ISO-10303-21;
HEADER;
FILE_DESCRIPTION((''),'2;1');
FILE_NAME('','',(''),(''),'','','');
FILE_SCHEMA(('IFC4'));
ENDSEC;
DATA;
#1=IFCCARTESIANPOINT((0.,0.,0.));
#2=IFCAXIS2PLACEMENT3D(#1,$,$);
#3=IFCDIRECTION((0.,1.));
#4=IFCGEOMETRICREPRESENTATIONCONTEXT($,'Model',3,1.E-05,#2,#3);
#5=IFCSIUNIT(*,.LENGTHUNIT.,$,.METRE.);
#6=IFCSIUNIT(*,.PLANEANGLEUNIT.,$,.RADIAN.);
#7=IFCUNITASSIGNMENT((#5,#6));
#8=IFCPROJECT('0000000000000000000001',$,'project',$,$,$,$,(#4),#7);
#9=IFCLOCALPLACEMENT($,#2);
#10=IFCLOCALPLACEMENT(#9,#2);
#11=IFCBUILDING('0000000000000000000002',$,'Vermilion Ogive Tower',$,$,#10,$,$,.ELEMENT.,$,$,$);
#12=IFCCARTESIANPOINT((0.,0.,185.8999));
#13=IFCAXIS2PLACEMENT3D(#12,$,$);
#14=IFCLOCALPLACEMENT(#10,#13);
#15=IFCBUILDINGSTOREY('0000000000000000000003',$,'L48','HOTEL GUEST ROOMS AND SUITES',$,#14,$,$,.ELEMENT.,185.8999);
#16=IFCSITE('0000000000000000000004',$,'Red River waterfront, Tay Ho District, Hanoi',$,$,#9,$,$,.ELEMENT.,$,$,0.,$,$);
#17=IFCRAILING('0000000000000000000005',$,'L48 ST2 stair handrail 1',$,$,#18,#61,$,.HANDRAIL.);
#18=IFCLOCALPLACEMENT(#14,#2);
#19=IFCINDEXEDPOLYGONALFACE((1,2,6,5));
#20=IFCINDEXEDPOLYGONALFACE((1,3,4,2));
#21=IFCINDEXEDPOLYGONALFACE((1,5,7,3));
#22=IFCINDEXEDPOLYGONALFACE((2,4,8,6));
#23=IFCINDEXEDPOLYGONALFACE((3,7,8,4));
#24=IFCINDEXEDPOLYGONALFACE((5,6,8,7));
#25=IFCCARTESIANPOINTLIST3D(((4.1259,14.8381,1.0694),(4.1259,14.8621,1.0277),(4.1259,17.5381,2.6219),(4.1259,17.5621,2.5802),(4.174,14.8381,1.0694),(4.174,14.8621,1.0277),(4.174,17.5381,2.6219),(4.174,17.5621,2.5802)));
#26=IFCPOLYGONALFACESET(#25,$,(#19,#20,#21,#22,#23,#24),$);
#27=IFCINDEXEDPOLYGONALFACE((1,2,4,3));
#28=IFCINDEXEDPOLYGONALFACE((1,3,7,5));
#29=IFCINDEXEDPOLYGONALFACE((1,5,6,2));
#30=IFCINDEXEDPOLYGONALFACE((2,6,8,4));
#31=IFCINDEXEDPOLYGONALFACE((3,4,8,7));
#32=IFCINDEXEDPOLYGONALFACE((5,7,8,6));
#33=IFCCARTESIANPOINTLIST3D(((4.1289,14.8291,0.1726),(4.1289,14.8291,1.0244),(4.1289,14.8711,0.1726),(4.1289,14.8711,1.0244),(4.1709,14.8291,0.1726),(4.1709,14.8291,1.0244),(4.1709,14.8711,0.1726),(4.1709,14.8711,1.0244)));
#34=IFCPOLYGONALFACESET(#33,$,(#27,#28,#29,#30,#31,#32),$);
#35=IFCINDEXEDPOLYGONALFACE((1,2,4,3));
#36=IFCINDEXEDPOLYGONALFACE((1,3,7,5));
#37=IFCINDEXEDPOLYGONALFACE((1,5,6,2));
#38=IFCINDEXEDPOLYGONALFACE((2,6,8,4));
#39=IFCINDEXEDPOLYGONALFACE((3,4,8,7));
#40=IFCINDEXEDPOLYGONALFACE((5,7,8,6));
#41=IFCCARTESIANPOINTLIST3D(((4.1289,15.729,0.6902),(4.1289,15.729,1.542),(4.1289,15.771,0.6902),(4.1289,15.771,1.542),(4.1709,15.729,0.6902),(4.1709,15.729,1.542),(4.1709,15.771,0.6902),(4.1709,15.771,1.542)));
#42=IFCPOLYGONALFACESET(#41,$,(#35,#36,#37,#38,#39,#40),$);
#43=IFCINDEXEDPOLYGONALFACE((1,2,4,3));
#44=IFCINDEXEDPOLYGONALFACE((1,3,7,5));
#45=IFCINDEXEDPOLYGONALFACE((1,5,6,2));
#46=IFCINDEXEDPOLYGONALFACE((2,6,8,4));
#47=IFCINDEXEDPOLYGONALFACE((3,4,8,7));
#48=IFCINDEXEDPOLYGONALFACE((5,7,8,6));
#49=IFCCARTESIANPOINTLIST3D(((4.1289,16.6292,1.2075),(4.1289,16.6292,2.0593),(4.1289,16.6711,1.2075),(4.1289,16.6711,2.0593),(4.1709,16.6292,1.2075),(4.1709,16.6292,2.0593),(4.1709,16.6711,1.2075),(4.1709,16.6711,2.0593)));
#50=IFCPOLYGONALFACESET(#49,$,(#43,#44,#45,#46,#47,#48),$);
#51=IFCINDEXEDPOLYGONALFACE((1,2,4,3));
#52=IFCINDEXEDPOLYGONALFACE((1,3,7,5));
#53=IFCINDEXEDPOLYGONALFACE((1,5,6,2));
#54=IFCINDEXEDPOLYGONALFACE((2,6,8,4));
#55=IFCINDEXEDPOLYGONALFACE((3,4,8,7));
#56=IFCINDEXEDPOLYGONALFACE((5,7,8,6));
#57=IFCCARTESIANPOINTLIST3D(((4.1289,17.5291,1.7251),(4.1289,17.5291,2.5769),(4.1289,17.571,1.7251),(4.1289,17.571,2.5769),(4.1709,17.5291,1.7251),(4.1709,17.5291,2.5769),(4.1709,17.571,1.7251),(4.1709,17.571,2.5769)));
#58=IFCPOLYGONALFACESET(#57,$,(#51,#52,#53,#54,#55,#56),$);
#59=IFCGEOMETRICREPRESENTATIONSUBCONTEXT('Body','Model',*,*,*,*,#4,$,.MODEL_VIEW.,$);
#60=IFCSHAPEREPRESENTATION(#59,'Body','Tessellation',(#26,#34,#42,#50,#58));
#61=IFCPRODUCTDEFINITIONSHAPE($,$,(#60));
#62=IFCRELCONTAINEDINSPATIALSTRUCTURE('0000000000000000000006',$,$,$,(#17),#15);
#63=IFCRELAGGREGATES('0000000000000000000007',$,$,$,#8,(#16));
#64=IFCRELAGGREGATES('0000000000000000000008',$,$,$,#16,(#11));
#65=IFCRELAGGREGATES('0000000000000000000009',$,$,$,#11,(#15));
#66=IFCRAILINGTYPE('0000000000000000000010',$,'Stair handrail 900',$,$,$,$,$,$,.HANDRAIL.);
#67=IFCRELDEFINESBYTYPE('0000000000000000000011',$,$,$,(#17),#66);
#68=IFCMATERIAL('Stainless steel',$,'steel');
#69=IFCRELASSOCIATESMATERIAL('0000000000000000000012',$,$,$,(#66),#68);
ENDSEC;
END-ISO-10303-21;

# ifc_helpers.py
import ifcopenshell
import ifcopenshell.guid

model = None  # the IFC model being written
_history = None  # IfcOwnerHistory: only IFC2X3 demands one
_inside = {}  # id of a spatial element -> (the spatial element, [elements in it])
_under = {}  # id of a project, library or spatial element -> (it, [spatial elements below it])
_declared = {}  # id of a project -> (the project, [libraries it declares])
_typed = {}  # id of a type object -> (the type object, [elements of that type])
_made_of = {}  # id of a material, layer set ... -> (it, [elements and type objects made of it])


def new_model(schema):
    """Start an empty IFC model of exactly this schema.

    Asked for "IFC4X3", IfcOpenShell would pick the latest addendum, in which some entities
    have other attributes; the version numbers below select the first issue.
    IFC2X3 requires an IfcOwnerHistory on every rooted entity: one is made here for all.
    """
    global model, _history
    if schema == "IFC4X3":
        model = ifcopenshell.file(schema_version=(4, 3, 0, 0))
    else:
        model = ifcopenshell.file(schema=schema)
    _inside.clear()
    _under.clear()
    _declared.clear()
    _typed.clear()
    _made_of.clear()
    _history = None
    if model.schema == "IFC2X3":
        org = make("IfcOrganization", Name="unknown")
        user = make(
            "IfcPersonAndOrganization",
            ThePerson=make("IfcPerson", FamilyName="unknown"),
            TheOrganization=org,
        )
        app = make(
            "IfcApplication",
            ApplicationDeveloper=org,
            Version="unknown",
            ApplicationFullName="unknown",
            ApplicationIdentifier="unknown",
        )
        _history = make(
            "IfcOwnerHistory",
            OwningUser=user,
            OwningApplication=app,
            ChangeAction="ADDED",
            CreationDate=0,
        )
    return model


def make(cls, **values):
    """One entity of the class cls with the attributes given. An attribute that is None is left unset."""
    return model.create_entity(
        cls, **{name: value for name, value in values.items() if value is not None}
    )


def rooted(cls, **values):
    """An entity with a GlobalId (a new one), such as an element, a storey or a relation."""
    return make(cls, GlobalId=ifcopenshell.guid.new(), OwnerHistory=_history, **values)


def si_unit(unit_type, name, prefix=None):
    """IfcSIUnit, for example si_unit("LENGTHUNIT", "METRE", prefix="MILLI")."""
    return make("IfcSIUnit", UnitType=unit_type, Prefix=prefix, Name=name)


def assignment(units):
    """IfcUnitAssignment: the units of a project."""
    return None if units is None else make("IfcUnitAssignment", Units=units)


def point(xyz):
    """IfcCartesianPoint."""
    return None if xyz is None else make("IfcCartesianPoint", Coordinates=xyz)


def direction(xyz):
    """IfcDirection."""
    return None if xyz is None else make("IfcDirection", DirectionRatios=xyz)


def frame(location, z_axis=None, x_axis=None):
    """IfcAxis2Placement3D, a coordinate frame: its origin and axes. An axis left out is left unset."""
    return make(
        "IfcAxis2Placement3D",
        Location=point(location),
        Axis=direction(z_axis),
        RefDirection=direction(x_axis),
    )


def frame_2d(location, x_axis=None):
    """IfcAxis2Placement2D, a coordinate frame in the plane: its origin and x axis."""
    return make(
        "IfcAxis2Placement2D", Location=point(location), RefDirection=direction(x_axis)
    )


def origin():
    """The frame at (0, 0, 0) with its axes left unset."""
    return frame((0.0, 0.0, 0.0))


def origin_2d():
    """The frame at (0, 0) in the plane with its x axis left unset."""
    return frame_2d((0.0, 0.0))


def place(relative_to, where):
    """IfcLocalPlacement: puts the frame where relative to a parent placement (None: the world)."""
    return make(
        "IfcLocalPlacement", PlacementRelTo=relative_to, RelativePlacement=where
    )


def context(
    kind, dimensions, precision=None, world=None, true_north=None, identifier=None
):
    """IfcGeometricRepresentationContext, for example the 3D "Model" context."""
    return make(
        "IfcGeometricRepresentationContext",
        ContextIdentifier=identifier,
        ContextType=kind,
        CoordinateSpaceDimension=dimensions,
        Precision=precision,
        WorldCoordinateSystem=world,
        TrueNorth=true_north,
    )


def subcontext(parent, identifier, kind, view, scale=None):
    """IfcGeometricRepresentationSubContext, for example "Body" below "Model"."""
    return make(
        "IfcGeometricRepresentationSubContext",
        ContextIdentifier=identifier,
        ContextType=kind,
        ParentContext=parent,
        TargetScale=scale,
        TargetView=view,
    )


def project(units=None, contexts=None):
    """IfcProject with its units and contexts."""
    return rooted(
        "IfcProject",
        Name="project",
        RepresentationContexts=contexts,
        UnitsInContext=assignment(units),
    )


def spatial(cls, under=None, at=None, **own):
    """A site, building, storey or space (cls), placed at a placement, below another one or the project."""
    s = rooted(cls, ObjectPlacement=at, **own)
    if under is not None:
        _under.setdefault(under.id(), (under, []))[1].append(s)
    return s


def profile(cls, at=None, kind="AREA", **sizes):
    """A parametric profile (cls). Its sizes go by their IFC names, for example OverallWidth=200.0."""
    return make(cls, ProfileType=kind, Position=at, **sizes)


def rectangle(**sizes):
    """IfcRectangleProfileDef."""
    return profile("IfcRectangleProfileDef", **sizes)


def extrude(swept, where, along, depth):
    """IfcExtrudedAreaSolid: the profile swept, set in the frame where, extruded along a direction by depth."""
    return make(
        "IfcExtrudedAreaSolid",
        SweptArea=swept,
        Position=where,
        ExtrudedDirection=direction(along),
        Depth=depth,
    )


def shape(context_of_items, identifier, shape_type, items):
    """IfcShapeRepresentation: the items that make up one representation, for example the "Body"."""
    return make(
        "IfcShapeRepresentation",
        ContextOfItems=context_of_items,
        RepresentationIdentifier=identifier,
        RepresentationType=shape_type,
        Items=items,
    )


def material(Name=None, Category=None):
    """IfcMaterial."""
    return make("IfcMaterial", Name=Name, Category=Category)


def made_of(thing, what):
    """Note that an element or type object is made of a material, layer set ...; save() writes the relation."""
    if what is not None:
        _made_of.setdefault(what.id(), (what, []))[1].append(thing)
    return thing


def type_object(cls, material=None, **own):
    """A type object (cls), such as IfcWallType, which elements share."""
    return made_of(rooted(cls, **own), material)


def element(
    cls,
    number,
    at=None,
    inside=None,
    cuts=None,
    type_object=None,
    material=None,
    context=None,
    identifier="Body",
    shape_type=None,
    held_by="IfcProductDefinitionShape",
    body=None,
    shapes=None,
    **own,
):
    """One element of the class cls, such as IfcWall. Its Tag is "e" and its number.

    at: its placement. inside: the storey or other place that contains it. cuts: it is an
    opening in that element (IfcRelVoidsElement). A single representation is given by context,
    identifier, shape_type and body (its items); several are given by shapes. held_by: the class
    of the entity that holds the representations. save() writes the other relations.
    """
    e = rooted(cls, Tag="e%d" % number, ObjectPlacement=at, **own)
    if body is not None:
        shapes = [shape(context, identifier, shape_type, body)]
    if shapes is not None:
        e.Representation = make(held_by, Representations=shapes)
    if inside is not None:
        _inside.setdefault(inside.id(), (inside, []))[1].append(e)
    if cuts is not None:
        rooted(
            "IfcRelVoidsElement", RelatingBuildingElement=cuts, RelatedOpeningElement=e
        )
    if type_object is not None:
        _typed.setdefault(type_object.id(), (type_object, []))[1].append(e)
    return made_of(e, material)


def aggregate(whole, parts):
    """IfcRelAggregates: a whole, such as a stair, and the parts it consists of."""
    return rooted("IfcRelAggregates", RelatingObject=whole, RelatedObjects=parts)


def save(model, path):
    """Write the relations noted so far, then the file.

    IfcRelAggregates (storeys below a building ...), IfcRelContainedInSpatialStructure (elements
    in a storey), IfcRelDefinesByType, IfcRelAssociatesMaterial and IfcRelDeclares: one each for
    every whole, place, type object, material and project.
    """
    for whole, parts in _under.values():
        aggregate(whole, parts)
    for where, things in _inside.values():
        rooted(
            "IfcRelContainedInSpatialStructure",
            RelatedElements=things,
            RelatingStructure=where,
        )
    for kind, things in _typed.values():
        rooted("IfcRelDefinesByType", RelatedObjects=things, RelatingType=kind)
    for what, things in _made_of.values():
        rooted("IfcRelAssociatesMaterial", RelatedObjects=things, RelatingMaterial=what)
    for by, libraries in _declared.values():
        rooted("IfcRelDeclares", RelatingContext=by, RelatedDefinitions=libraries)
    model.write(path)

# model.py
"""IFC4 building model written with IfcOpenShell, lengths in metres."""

from ifc_helpers import new_model, si_unit, direction, frame, origin, origin_2d, place, context, subcontext, project, spatial, rectangle, extrude, material, type_object, element, save


model = new_model("IFC4")

# Units and contexts
model_context = context("Model", 3, precision=1e-05, world=origin(), true_north=direction((0.0, 1.0)))
body_context = subcontext(model_context, "Body", "Model", "MODEL_VIEW")
ifc_project = project(units=[si_unit("LENGTHUNIT", "METRE"), si_unit("PLANEANGLEUNIT", "RADIAN")], contexts=[model_context])

# Site, building, storey
site_placement = place(None, origin())
site = spatial("IfcSite", under=ifc_project, at=site_placement, Name="Red River waterfront, Tay Ho District, Hanoi", CompositionType="ELEMENT", RefElevation=0.0)
building_placement = place(site_placement, origin())
building = spatial("IfcBuilding", under=site, at=building_placement, Name="Vermilion Ogive Tower", CompositionType="ELEMENT")
storey_placement = place(building_placement, frame((0.0, 0.0, 185.8999)))
storey = spatial("IfcBuildingStorey", under=building, at=storey_placement, Name="L48", Description="HOTEL GUEST ROOMS AND SUITES", CompositionType="ELEMENT", Elevation=185.8999)

# Railing
ifc_material_1 = material(Name="Stainless steel", Category="steel")
railing_type_1 = type_object("IfcRailingType", Name="Stair handrail 900", PredefinedType="HANDRAIL", material=ifc_material_1)
railing_1_placement = place(storey_placement, frame((4.1499, 14.8501, 0.1726)))
element("IfcRailing", 1, at=railing_1_placement, inside=storey, type_object=railing_type_1, Name="L48 ST2 stair handrail 1", PredefinedType="HANDRAIL", context=body_context, shape_type="SweptSolid", body=[
    extrude(rectangle(XDim=0.0481, YDim=0.0481, at=origin_2d()), frame((0.0, 0.0, 0.876), z_axis=(0.0, 0.866904, 0.498476), x_axis=(-1.0, 0.0, 0.0)), (0.0, 0.0, 1.0), 3.1145),
    extrude(rectangle(XDim=0.042, YDim=0.042, at=origin_2d()), origin(), (0.0, 0.0, 1.0), 0.8518),
    extrude(rectangle(XDim=0.042, YDim=0.042, at=origin_2d()), frame((0.0, 0.8999, 0.5176)), (0.0, 0.0, 1.0), 0.8518),
    extrude(rectangle(XDim=0.042, YDim=0.042, at=origin_2d()), frame((0.0, 1.8, 1.0349)), (0.0, 0.0, 1.0), 0.8518),
    extrude(rectangle(XDim=0.042, YDim=0.042, at=origin_2d()), frame((0.0, 2.7, 1.5525)), (0.0, 0.0, 1.0), 0.8518),
])

save(model, "model.ifc")
